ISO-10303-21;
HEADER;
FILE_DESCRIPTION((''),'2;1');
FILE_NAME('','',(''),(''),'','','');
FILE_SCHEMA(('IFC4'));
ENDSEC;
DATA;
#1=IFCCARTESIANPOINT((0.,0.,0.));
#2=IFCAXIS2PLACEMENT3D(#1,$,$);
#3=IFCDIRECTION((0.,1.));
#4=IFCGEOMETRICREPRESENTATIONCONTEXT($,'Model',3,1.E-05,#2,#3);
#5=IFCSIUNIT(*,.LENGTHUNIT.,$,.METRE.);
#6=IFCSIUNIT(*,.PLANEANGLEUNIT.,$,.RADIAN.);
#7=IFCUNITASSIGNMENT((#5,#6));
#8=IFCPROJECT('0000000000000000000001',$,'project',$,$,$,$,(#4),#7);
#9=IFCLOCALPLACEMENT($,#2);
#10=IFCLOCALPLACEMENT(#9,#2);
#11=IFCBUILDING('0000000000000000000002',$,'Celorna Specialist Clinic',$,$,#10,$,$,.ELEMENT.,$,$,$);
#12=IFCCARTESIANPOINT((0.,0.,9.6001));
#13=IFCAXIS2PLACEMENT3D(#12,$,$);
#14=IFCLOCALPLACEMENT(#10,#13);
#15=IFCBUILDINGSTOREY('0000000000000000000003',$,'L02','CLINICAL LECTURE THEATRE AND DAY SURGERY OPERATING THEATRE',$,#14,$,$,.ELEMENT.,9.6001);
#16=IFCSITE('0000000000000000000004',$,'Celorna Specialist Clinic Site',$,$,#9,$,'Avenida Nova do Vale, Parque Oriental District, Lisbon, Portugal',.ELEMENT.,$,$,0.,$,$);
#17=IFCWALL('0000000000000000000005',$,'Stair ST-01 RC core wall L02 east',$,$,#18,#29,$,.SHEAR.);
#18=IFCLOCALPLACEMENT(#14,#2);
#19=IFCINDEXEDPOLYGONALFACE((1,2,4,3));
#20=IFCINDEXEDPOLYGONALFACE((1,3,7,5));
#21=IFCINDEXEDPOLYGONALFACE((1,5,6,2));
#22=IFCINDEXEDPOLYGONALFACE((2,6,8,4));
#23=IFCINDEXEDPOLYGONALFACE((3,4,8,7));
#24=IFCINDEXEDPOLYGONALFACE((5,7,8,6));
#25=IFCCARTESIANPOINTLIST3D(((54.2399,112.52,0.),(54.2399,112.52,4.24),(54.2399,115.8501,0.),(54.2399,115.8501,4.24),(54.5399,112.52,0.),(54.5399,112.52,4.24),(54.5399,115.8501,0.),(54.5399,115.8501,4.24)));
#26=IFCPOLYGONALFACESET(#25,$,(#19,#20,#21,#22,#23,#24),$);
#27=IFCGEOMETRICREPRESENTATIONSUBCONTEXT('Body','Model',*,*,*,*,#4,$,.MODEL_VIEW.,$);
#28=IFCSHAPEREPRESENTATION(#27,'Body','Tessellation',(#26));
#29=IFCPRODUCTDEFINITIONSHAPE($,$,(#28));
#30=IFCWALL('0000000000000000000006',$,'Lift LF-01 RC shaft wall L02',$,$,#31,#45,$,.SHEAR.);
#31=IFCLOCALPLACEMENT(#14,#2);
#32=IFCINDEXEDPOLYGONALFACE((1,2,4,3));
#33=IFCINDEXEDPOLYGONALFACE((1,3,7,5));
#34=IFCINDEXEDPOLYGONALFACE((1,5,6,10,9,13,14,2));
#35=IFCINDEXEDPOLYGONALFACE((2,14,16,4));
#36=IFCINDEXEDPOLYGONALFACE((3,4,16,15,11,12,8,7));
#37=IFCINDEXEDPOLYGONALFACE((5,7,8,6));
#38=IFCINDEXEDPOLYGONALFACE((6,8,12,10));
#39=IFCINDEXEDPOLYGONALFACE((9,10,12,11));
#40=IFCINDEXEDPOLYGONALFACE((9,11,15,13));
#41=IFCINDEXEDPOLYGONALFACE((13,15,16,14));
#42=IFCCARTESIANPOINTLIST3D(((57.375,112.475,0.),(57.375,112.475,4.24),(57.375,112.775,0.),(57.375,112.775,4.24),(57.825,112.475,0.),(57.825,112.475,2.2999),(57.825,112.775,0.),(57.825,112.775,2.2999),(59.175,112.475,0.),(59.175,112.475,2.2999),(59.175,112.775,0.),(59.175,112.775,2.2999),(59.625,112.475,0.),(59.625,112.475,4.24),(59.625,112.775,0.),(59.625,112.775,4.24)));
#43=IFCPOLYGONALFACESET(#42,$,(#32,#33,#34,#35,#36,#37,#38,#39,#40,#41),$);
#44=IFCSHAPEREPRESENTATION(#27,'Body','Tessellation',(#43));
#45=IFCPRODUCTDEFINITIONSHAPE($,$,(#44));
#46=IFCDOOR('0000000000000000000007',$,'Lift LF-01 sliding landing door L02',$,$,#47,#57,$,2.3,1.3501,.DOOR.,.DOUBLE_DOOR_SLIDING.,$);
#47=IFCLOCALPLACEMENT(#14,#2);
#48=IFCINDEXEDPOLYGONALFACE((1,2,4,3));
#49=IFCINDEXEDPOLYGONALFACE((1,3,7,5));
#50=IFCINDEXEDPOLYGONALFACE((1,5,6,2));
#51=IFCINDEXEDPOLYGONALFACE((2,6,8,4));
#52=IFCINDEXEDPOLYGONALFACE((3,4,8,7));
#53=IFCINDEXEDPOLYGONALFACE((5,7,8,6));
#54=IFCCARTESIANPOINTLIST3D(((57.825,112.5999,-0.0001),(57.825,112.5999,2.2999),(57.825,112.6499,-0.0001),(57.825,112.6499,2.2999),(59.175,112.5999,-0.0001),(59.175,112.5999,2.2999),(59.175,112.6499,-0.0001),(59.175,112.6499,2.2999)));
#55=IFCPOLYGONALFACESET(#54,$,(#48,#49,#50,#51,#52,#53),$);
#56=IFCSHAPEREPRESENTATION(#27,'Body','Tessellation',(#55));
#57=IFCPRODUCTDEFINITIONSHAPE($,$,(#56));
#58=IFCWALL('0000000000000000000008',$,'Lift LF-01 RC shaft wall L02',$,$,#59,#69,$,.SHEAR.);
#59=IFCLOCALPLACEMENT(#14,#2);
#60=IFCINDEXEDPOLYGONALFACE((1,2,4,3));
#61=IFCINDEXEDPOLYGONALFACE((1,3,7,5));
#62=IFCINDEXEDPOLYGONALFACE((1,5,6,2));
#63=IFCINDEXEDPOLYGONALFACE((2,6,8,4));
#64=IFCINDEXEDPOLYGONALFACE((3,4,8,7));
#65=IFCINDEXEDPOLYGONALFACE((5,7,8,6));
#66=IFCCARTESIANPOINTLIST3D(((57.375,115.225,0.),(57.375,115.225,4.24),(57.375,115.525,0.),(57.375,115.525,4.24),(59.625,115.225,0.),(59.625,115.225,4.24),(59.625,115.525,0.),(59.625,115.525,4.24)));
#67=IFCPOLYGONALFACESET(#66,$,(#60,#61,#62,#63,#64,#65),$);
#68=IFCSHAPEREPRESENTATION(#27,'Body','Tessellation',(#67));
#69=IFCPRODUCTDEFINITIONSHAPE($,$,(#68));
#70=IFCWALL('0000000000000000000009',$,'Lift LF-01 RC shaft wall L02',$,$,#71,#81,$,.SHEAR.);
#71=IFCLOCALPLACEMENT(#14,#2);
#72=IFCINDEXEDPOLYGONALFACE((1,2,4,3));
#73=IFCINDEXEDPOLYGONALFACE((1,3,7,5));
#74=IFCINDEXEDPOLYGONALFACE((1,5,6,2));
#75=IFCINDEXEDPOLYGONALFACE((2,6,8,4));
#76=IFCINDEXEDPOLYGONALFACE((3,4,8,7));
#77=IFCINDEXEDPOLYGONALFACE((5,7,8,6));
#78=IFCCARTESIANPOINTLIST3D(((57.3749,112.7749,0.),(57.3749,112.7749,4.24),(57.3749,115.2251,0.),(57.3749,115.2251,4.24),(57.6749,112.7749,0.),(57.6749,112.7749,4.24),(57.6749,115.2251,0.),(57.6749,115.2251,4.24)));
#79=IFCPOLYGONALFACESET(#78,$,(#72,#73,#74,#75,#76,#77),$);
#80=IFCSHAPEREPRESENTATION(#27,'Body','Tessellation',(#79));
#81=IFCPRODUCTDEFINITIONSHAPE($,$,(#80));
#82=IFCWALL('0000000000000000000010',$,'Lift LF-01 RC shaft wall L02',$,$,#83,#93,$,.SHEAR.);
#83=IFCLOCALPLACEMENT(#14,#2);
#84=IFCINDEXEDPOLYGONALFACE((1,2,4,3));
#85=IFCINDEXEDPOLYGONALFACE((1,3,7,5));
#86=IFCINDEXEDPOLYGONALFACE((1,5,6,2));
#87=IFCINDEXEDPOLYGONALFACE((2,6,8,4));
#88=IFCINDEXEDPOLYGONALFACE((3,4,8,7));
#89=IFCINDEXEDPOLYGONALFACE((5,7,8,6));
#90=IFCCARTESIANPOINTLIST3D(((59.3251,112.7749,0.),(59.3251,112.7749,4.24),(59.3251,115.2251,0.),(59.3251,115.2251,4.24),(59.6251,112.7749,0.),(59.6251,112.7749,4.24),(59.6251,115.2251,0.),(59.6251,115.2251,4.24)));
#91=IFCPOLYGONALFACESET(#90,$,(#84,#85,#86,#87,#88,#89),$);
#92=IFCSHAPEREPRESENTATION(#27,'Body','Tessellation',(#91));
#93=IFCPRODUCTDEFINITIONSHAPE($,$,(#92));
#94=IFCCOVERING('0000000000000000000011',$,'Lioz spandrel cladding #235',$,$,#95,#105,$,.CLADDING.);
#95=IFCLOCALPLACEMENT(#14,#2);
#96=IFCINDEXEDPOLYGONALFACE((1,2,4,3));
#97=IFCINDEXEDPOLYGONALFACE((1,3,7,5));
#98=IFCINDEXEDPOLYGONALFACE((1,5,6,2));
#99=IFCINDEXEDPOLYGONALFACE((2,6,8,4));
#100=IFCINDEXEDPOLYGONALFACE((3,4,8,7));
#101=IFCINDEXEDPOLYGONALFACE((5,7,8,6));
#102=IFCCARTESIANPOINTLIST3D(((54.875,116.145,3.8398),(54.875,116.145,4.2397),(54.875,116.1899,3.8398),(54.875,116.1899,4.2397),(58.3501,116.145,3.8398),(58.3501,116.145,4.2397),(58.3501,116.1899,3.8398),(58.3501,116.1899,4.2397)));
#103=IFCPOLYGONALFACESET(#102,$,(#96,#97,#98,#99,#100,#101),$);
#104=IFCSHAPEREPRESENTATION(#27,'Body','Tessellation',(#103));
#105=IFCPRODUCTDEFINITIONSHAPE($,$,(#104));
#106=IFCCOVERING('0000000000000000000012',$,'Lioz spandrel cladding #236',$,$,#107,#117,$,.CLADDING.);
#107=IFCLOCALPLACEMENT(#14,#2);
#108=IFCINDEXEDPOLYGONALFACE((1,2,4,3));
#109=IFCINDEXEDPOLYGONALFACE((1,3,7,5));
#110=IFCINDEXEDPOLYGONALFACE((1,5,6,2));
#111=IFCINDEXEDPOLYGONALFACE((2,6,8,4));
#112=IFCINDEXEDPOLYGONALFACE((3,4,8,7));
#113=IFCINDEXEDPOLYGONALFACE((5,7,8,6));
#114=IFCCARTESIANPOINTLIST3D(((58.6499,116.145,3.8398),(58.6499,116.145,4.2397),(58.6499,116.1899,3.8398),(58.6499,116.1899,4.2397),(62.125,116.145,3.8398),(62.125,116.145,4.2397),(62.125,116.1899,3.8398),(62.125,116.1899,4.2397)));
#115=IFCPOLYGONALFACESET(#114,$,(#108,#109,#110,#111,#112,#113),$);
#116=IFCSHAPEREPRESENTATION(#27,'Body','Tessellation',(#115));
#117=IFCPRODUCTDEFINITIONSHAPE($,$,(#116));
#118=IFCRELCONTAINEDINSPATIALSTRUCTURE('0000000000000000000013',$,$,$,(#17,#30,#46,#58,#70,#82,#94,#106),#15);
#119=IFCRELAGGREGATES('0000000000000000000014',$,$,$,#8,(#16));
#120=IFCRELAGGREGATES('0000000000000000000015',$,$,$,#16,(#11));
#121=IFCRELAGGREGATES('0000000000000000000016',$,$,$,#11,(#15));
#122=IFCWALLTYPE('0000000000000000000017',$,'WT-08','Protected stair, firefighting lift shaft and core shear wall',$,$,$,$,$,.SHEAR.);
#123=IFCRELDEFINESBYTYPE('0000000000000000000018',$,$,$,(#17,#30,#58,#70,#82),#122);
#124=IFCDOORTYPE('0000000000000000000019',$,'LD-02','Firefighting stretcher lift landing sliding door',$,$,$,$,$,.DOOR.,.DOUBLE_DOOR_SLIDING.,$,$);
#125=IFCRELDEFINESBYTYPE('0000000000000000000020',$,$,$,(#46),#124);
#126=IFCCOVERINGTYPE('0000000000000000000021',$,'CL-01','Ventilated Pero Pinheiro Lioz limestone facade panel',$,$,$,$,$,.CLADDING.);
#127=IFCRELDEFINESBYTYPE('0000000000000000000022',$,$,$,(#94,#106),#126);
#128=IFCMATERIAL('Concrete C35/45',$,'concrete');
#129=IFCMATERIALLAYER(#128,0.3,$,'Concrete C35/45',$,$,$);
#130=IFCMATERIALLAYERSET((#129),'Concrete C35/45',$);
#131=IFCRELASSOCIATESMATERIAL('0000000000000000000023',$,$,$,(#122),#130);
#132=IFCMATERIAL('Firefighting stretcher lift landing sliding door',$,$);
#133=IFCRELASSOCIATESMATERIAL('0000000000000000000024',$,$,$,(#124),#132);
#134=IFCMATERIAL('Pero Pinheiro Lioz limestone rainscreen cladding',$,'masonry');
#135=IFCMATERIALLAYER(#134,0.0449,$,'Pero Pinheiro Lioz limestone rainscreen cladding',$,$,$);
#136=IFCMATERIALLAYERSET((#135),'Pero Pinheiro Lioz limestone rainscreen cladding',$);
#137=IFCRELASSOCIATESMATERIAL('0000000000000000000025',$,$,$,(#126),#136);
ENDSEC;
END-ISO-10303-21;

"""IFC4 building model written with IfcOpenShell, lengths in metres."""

from ifc_helpers import new_model, si_unit, direction, frame, frame_2d, origin, origin_2d, place, context, subcontext, project, spatial, rectangle, extrude, material, layer, layer_set, type_object, element, fill, save


model = new_model("IFC4")

# Units and contexts
model_context = context("Model", 3, precision=1e-05, world=origin(), true_north=direction((0.0, 1.0)))
body_context = subcontext(model_context, "Body", "Model", "MODEL_VIEW")
ifc_project = project(units=[si_unit("LENGTHUNIT", "METRE"), si_unit("PLANEANGLEUNIT", "RADIAN")], contexts=[model_context])

# Site, building, storey
site_placement = place(None, origin())
site = spatial("IfcSite", under=ifc_project, at=site_placement, Name="Celorna Specialist Clinic Site", LongName="Avenida Nova do Vale, Parque Oriental District, Lisbon, Portugal", CompositionType="ELEMENT", RefElevation=0.0)
building_placement = place(site_placement, origin())
building = spatial("IfcBuilding", under=site, at=building_placement, Name="Celorna Specialist Clinic", CompositionType="ELEMENT")
storey_placement = place(building_placement, frame((0.0, 0.0, 9.6001)))
storey = spatial("IfcBuildingStorey", under=building, at=storey_placement, Name="L02", Description="CLINICAL LECTURE THEATRE AND DAY SURGERY OPERATING THEATRE", CompositionType="ELEMENT", Elevation=9.6001)

# Shared definitions
ifc_material_1 = material(Name="Concrete C35/45", Category="concrete")

# Wall
ifc_layer_1 = layer(ifc_material_1, 0.3, Name="Concrete C35/45")
ifc_layer_set_1 = layer_set([ifc_layer_1], Name="Concrete C35/45")
wall_type_1 = type_object("IfcWallType", Name="WT-08", Description="Protected stair, firefighting lift shaft and core shear wall", PredefinedType="SHEAR", material=ifc_layer_set_1)
wall_1_placement = place(storey_placement, frame((54.3899, 112.52, 0.0), z_axis=(0.0, 0.0, 1.0), x_axis=(0.0, 1.0, 0.0)))
element("IfcWall", 1, at=wall_1_placement, inside=storey, type_object=wall_type_1, Name="Stair ST-01 RC core wall L02 east", PredefinedType="SHEAR", context=body_context, shape_type="SweptSolid", body=[
    extrude(rectangle(XDim=3.3301, YDim=0.3, at=frame_2d((1.665, 0.0))), origin(), (0.0, 0.0, 1.0), 4.24),
])

# Wall, opening, door
wall_2_placement = place(storey_placement, frame((57.375, 112.625, 0.0), z_axis=(0.0, 0.0, 1.0), x_axis=(1.0, 0.0, 0.0)))
wall_2 = element("IfcWall", 2, at=wall_2_placement, inside=storey, type_object=wall_type_1, Name="Lift LF-01 RC shaft wall L02", PredefinedType="SHEAR", context=body_context, shape_type="SweptSolid", body=[
    extrude(rectangle(XDim=2.25, YDim=0.3, at=frame_2d((1.125, 0.0))), origin(), (0.0, 0.0, 1.0), 4.24),
])
opening_1_placement = place(wall_2_placement, frame((0.45, 0.0, 0.0)))
opening_1 = element("IfcOpeningElement", 3, at=opening_1_placement, cuts=wall_2, PredefinedType="OPENING", context=body_context, shape_type="SweptSolid", body=[
    extrude(rectangle(XDim=1.3501, YDim=2.3, at=frame_2d((0.675, 1.1499))), frame((0.0, 0.1599, 0.0), z_axis=(0.0, -1.0, 0.0), x_axis=(1.0, 0.0, 0.0)), (0.0, 0.0, 1.0), 0.3201),
])
ifc_material_2 = material(Name="Firefighting stretcher lift landing sliding door")
door_type = type_object("IfcDoorType", Name="LD-02", Description="Firefighting stretcher lift landing sliding door", OperationType="DOUBLE_DOOR_SLIDING", PredefinedType="DOOR", material=ifc_material_2)
door_placement = place(opening_1_placement, origin())
door = element("IfcDoor", 4, at=door_placement, inside=storey, type_object=door_type, Name="Lift LF-01 sliding landing door L02", OperationType="DOUBLE_DOOR_SLIDING", OverallHeight=2.3, OverallWidth=1.3501, PredefinedType="DOOR", context=body_context, shape_type="SweptSolid", body=[
    extrude(rectangle(XDim=1.3501, YDim=2.3, at=frame_2d((0.675, 1.1499))), frame((0.0, 0.0249, 0.0), z_axis=(0.0, -1.0, 0.0), x_axis=(1.0, 0.0, 0.0)), (0.0, 0.0, 1.0), 0.05),
])
fill(opening_1, door)

# Walls
wall_3_placement = place(storey_placement, frame((59.625, 115.375, 0.0), z_axis=(0.0, 0.0, 1.0), x_axis=(-1.0, 0.0, 0.0)))
element("IfcWall", 5, at=wall_3_placement, inside=storey, type_object=wall_type_1, Name="Lift LF-01 RC shaft wall L02", PredefinedType="SHEAR", context=body_context, shape_type="SweptSolid", body=[
    extrude(rectangle(XDim=2.25, YDim=0.3, at=frame_2d((1.125, 0.0))), origin(), (0.0, 0.0, 1.0), 4.24),
])
for number, where, z_axis, x_axis, name in (
    (6, (57.5249, 115.2251, 0.0), (0.0, 0.0, 1.0), (0.0, -1.0, 0.0), "Lift LF-01 RC shaft wall L02"),
    (7, (59.4751, 112.7749, 0.0), (0.0, 0.0, 1.0), (0.0, 1.0, 0.0), "Lift LF-01 RC shaft wall L02"),
):
    element("IfcWall", number, at=place(storey_placement, frame(where, z_axis=z_axis, x_axis=x_axis)), inside=storey, type_object=wall_type_1, Name=name, PredefinedType="SHEAR", context=body_context, shape_type="SweptSolid", body=[
        extrude(rectangle(XDim=2.4502, YDim=0.3, at=frame_2d((1.2251, 0.0))), origin(), (0.0, 0.0, 1.0), 4.24),
    ])

# Coverings
ifc_material_3 = material(Name="Pero Pinheiro Lioz limestone rainscreen cladding", Category="masonry")
ifc_layer_2 = layer(ifc_material_3, 0.0449, Name="Pero Pinheiro Lioz limestone rainscreen cladding")
ifc_layer_set_2 = layer_set([ifc_layer_2], Name="Pero Pinheiro Lioz limestone rainscreen cladding")
covering_type = type_object("IfcCoveringType", Name="CL-01", Description="Ventilated Pero Pinheiro Lioz limestone facade panel", PredefinedType="CLADDING", material=ifc_layer_set_2)
for number, where, z_axis, x_axis, name in (
    (8, (56.6125, 116.1675, 3.8398), (0.0, 0.0, 1.0), (1.0, 0.0, 0.0), "Lioz spandrel cladding #235"),
    (9, (60.3875, 116.1675, 3.8398), (0.0, 0.0, 1.0), (1.0, 0.0, 0.0), "Lioz spandrel cladding #236"),
):
    element("IfcCovering", number, at=place(storey_placement, frame(where, z_axis=z_axis, x_axis=x_axis)), inside=storey, type_object=covering_type, Name=name, PredefinedType="CLADDING", context=body_context, shape_type="SweptSolid", body=[
        extrude(rectangle(XDim=3.4751, YDim=0.0449, at=origin_2d()), origin(), (0.0, 0.0, 1.0), 0.3999),
    ])

save(model, "model.ifc")
